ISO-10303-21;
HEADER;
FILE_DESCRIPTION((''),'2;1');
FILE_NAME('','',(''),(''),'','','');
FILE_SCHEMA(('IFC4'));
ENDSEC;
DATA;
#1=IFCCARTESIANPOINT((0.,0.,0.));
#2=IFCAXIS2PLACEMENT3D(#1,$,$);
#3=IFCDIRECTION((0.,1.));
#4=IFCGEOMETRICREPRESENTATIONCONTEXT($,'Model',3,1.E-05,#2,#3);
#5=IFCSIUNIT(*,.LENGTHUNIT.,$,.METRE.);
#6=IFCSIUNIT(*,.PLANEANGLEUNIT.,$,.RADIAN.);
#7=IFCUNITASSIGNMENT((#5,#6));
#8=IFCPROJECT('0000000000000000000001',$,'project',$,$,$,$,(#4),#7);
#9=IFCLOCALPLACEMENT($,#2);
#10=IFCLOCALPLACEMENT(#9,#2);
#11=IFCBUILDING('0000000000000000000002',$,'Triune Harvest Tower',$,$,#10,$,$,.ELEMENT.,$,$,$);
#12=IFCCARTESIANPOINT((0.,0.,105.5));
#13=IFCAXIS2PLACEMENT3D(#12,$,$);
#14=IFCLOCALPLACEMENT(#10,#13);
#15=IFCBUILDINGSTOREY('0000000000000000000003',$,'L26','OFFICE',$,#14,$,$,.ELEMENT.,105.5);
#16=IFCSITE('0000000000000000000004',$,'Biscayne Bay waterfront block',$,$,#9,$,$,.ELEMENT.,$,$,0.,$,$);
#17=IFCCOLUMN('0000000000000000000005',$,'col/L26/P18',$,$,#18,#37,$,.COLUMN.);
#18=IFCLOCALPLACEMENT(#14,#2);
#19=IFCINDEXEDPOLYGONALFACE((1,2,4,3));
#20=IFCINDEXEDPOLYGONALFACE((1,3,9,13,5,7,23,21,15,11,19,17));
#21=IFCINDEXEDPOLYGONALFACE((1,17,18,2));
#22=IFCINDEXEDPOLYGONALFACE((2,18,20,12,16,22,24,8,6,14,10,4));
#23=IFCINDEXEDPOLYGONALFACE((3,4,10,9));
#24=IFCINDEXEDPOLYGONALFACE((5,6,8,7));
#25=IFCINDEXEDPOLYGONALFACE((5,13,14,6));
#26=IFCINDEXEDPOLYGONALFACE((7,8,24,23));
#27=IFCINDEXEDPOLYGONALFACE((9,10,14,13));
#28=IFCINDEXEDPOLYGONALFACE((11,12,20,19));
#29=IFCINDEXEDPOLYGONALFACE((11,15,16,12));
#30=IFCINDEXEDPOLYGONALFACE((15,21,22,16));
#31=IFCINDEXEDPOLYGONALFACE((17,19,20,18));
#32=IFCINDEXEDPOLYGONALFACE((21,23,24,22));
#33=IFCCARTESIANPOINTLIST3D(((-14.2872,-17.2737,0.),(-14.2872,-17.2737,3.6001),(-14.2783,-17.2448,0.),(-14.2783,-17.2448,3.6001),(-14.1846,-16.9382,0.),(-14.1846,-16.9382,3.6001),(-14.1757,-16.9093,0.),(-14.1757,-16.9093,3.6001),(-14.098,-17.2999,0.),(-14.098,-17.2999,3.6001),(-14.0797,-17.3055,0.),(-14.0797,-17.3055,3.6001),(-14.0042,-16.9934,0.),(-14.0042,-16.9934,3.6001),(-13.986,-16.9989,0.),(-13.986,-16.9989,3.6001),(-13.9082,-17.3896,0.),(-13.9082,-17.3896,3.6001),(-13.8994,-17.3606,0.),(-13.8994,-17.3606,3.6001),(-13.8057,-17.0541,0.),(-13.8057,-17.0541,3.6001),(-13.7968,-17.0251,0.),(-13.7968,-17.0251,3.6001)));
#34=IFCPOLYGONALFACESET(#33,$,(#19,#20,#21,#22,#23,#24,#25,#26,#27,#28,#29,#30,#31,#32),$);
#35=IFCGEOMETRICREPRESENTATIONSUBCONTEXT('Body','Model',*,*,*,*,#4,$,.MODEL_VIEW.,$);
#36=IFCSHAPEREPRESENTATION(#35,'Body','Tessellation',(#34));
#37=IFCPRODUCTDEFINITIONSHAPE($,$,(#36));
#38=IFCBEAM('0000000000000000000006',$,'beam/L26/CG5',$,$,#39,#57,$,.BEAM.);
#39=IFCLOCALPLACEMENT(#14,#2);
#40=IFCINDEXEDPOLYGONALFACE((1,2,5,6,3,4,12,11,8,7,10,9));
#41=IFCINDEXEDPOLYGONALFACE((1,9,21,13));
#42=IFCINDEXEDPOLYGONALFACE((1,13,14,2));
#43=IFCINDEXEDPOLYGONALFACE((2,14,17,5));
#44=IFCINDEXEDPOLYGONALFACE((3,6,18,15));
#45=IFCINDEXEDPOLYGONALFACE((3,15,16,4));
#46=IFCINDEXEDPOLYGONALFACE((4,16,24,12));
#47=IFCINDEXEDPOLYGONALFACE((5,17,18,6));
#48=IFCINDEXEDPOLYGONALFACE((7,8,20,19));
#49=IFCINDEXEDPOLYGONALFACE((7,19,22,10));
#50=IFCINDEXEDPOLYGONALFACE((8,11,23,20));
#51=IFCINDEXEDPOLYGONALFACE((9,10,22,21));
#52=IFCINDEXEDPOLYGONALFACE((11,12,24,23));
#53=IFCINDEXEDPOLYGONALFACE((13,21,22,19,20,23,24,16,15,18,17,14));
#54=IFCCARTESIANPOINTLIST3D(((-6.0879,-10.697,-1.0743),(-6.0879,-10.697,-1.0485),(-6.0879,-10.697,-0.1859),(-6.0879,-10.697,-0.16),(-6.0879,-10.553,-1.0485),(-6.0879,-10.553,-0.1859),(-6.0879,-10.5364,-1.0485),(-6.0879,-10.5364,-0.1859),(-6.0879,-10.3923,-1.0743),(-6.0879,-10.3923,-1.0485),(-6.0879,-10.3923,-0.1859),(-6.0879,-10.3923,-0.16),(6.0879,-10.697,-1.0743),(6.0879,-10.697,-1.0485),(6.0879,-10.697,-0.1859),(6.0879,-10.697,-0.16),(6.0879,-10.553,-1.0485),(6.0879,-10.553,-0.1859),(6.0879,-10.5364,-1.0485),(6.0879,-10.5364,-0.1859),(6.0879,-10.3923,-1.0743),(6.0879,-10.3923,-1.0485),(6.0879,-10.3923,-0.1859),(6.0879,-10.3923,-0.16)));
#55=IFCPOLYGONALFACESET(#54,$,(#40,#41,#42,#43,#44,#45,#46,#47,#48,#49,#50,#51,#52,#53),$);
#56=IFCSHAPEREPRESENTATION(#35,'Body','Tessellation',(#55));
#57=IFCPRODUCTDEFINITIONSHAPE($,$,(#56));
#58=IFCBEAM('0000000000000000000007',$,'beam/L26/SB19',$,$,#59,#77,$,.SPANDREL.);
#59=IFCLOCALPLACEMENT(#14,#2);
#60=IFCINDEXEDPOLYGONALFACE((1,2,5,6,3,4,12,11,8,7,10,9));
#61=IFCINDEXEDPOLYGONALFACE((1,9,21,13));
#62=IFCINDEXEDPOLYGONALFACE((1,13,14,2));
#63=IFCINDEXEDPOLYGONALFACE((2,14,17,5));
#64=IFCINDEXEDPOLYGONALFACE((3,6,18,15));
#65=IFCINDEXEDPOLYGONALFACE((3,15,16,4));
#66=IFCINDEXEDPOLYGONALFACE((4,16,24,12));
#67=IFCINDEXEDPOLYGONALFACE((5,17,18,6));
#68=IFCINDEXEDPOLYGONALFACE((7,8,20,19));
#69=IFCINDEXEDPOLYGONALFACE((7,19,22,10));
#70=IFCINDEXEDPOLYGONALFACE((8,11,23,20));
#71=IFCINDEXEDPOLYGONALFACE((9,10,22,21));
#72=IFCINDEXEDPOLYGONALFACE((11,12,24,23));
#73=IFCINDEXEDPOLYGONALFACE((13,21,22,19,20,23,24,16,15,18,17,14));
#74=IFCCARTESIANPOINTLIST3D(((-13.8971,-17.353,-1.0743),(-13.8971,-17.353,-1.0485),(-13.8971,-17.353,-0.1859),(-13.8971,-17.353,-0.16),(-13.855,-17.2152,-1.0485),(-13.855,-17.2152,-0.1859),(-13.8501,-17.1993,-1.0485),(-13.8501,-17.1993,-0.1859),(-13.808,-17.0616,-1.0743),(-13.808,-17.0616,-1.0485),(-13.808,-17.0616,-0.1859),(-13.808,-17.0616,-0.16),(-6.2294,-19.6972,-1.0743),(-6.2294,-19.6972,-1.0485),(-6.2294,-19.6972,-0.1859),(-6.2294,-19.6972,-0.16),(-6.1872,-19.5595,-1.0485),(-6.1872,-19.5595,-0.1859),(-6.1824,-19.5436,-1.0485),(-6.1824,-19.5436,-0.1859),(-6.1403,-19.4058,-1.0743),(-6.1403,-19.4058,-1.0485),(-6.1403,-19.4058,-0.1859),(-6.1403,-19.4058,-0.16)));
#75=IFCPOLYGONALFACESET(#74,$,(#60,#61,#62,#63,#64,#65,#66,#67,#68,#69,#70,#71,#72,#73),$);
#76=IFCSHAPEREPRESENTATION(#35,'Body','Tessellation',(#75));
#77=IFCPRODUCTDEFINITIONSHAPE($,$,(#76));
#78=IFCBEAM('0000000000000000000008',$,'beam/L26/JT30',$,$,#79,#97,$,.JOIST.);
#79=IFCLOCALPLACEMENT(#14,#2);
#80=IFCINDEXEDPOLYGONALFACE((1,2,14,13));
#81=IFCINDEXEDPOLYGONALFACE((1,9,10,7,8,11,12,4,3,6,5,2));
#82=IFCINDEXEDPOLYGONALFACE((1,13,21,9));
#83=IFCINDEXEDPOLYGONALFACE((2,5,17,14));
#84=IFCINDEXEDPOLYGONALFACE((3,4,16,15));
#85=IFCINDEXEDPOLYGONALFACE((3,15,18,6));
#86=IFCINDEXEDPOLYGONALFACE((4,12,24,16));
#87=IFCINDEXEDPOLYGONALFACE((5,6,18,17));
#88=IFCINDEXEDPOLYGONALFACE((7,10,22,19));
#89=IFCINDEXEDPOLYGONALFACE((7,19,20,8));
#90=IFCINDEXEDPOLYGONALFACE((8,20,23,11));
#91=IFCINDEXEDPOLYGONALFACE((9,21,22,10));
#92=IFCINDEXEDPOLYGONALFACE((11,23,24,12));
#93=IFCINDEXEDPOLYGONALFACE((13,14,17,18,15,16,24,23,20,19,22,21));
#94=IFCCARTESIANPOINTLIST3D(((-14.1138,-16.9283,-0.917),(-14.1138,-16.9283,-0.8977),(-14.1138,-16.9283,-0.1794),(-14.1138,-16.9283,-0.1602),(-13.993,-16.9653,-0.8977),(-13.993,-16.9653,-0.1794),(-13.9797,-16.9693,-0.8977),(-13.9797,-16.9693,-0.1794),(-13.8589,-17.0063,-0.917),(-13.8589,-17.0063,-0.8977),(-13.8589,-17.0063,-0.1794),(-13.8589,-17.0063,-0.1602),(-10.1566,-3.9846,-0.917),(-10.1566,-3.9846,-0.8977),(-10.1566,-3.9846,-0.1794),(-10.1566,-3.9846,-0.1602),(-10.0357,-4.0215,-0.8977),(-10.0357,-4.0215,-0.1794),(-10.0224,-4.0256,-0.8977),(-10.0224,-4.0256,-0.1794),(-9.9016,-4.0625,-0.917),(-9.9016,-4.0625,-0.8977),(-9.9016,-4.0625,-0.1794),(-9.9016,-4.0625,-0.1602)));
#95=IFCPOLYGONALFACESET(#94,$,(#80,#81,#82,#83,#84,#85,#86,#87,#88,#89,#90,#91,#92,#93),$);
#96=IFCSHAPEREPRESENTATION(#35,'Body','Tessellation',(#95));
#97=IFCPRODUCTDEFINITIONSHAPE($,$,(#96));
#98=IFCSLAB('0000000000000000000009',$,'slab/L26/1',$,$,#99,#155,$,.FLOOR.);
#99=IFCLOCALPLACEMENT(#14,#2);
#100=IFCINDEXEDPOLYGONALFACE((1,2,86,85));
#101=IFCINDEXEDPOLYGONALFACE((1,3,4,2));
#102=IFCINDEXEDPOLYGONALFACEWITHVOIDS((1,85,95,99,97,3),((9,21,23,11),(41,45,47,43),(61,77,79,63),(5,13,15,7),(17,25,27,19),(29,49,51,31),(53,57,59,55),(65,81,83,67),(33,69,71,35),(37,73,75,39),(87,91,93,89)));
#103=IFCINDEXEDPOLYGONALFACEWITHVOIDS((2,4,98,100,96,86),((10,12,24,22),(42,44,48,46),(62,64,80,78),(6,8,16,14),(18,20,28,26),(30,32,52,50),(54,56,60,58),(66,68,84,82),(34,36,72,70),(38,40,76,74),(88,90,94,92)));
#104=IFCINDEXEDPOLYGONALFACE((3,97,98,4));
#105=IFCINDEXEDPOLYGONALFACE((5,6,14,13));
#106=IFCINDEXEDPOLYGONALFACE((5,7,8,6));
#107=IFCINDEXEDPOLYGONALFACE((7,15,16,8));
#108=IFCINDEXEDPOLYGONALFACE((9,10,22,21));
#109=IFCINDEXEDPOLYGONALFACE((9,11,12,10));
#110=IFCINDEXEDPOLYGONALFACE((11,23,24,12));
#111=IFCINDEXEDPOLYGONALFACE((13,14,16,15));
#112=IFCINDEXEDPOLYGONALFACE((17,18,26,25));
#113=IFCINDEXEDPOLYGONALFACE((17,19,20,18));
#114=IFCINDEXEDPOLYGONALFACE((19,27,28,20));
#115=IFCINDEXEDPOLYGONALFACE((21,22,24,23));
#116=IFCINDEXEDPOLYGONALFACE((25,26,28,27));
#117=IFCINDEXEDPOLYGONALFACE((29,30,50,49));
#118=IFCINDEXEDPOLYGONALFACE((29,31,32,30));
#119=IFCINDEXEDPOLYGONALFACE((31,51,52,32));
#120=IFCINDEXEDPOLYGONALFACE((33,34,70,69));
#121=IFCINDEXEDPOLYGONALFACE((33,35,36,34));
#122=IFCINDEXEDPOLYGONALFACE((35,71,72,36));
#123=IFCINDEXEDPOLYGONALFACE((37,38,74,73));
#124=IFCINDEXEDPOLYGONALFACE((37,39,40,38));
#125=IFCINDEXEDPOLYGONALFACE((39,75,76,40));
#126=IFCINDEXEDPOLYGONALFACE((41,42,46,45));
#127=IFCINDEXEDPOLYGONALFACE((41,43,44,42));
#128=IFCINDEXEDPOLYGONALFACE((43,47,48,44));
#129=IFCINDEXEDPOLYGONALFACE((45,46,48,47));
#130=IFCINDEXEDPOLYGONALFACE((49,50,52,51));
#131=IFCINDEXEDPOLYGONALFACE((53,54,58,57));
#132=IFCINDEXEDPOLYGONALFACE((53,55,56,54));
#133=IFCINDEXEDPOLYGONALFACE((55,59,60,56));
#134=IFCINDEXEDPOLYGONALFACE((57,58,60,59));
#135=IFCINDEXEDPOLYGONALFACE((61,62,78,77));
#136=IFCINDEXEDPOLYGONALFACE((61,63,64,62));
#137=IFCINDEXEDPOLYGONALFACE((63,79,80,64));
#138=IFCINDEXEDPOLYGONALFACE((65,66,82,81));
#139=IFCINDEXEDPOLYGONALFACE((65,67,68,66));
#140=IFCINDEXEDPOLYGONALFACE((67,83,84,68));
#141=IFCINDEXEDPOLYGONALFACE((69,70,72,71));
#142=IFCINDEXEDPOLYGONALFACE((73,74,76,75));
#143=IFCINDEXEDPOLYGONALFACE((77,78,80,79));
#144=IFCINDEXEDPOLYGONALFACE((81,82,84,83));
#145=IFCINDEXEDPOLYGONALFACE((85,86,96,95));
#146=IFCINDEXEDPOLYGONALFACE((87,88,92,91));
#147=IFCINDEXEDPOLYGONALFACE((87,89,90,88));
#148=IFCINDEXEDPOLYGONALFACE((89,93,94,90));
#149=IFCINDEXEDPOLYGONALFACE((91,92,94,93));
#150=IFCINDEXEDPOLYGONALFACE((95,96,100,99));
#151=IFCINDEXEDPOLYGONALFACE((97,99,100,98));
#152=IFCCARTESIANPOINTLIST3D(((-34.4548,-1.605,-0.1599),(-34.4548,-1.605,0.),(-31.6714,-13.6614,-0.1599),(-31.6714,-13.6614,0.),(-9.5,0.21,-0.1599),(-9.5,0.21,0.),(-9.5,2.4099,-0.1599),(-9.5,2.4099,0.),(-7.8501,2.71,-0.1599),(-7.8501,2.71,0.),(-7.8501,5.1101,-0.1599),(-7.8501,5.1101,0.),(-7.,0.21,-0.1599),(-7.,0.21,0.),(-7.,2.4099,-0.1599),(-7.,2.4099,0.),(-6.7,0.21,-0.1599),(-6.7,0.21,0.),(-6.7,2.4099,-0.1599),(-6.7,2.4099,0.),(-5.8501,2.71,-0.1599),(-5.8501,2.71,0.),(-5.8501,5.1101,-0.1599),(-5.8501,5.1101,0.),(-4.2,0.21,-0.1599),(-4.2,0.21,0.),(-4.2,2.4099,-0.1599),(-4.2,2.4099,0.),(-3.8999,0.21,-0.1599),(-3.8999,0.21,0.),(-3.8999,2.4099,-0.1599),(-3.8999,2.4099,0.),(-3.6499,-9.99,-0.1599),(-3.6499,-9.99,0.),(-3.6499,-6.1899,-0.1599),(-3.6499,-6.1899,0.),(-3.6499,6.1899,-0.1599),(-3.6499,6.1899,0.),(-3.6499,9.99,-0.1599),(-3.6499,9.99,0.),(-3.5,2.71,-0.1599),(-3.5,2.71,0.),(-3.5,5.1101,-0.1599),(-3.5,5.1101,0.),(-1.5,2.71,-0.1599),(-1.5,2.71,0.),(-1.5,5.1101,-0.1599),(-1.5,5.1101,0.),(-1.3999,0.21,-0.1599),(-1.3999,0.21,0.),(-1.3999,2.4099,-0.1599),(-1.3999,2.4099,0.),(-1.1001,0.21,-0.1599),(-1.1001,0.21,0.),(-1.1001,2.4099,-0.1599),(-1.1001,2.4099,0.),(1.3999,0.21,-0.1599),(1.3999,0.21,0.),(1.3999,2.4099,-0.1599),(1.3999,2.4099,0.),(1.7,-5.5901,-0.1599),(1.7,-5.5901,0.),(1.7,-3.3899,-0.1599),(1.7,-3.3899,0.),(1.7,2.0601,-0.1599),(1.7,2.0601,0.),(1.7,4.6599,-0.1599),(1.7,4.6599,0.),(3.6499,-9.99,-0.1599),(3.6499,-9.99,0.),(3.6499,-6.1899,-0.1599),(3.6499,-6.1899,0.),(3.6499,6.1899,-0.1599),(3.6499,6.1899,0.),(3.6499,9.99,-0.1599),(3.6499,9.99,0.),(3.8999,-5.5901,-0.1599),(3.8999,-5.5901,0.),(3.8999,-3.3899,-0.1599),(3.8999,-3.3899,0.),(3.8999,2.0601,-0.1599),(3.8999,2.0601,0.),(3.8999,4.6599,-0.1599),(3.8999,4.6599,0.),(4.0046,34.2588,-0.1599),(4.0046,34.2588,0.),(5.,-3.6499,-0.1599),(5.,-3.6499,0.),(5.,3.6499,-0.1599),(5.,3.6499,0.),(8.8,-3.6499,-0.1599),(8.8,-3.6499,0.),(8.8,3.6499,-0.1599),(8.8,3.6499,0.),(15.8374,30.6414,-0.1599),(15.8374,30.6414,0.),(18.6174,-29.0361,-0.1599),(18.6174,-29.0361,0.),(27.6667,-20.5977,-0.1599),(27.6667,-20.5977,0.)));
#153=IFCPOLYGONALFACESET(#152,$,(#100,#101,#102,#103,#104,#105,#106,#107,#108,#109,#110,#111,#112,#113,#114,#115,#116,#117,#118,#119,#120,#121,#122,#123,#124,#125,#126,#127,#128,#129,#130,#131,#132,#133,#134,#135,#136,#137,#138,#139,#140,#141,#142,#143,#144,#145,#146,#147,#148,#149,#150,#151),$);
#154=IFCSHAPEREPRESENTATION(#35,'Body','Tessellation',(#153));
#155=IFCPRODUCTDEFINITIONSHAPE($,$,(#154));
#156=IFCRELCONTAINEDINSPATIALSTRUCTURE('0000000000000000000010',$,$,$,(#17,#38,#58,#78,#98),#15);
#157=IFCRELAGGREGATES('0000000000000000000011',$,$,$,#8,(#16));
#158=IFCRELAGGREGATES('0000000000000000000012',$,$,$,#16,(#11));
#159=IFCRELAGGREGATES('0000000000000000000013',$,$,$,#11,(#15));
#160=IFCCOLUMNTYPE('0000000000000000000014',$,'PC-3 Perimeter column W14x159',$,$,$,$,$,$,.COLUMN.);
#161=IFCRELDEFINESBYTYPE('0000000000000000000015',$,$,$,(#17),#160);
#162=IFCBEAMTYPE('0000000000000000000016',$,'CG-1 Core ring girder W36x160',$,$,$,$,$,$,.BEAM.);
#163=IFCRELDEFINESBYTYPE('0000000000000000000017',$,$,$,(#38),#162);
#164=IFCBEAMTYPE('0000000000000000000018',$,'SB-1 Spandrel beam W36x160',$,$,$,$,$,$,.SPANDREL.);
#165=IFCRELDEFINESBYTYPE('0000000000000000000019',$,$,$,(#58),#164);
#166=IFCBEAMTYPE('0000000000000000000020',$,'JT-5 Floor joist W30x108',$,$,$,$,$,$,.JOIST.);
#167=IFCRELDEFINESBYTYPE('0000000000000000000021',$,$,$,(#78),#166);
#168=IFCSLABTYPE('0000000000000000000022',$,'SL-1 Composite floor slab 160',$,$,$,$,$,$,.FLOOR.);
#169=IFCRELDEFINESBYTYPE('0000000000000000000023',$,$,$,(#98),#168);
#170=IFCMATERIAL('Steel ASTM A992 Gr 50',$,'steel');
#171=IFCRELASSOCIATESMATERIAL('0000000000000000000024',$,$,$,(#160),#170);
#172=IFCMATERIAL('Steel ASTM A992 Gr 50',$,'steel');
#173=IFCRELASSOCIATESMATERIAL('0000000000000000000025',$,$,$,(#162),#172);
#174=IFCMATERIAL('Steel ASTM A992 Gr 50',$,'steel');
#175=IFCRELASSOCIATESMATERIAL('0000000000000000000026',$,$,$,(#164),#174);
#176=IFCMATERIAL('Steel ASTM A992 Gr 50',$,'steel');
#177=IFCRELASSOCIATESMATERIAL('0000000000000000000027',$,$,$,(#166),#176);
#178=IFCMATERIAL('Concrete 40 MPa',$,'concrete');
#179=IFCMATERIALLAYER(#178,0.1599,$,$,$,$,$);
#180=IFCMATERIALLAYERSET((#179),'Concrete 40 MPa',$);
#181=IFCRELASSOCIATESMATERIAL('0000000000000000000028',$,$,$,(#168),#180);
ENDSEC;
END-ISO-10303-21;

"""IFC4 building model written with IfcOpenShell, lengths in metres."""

from ifc_helpers import new_model, si_unit, direction, frame, origin, origin_2d, place, context, subcontext, project, spatial, polyline, i_section, outline, extrude, source, transform, mapped, material, layer, layer_set, material_profile, profile_set, type_object, element, save


model = new_model("IFC4")

# Units and contexts
model_context = context("Model", 3, precision=1e-05, world=origin(), true_north=direction((0.0, 1.0)))
body_context = subcontext(model_context, "Body", "Model", "MODEL_VIEW")
ifc_project = project(units=[si_unit("LENGTHUNIT", "METRE"), si_unit("PLANEANGLEUNIT", "RADIAN")], contexts=[model_context])

# Site, building, storey
site_placement = place(None, origin())
site = spatial("IfcSite", under=ifc_project, at=site_placement, Name="Biscayne Bay waterfront block", CompositionType="ELEMENT", RefElevation=0.0)
building_placement = place(site_placement, origin())
building = spatial("IfcBuilding", under=site, at=building_placement, Name="Triune Harvest Tower", CompositionType="ELEMENT")
storey_placement = place(building_placement, frame((0.0, 0.0, 105.5)))
storey = spatial("IfcBuildingStorey", under=building, at=storey_placement, Name="L26", Description="OFFICE", CompositionType="ELEMENT", Elevation=105.5)

# Column
ifc_material_1 = material(Name="Steel ASTM A992 Gr 50", Category="steel")
ifc_material_profile_1 = material_profile(ifc_material_1, i_section(OverallWidth=0.3962, OverallDepth=0.3811, WebThickness=0.019, FlangeThickness=0.0303, at=origin_2d()), Name="W14x159")
ifc_profile_set_1 = profile_set([ifc_material_profile_1], Name="Steel ASTM A992 Gr 50")
column_type = type_object("IfcColumnType", Name="PC-3 Perimeter column W14x159", PredefinedType="COLUMN", material=ifc_profile_set_1)
shared_shape_1 = source(origin(), body_context, "Body", "SweptSolid", [
    extrude(i_section(OverallWidth=0.3962, OverallDepth=0.3811, WebThickness=0.019, FlangeThickness=0.0303, at=origin_2d()), origin(), (0.0, 0.0, 1.0), 3.6001),
])
column_placement = place(storey_placement, frame((-14.042, -17.1494, 0.0), z_axis=(0.0, 0.0, 1.0), x_axis=(0.956305, -0.292372, 0.0)))
element("IfcColumn", 1, at=column_placement, inside=storey, type_object=column_type, Name="col/L26/P18", PredefinedType="COLUMN", context=body_context, shape_type="MappedRepresentation", body=[
    mapped(shared_shape_1, transform((0.0, 0.0, 0.0), scale=1.0)),
])

# Beams
ifc_material_2 = material(Name="Steel ASTM A992 Gr 50", Category="steel")
ifc_material_profile_2 = material_profile(ifc_material_2, i_section(OverallWidth=0.3047, OverallDepth=0.9143, WebThickness=0.0166, FlangeThickness=0.0259, at=origin_2d()), Name="W36x160")
ifc_profile_set_2 = profile_set([ifc_material_profile_2], Name="Steel ASTM A992 Gr 50")
beam_type_1 = type_object("IfcBeamType", Name="CG-1 Core ring girder W36x160", PredefinedType="BEAM", material=ifc_profile_set_2)
shared_shape_2 = source(origin(), body_context, "Body", "SweptSolid", [
    extrude(i_section(OverallWidth=0.3047, OverallDepth=0.9143, WebThickness=0.0166, FlangeThickness=0.0259, at=origin_2d()), origin(), (0.0, 0.0, 1.0), 12.1758),
])
beam_1_placement = place(storey_placement, frame((-6.0879, -10.5447, -0.6172), z_axis=(1.0, 0.0, 0.0), x_axis=(0.0, 1.0, 0.0)))
element("IfcBeam", 2, at=beam_1_placement, inside=storey, type_object=beam_type_1, Name="beam/L26/CG5", PredefinedType="BEAM", context=body_context, shape_type="MappedRepresentation", body=[
    mapped(shared_shape_2, transform((0.0, 0.0, 0.0), scale=1.0)),
])
ifc_material_3 = material(Name="Steel ASTM A992 Gr 50", Category="steel")
ifc_material_profile_3 = material_profile(ifc_material_3, i_section(OverallWidth=0.3047, OverallDepth=0.9143, WebThickness=0.0166, FlangeThickness=0.0259, at=origin_2d()), Name="W36x160")
ifc_profile_set_3 = profile_set([ifc_material_profile_3], Name="Steel ASTM A992 Gr 50")
beam_type_2 = type_object("IfcBeamType", Name="SB-1 Spandrel beam W36x160", PredefinedType="SPANDREL", material=ifc_profile_set_3)
shared_shape_3 = source(origin(), body_context, "Body", "SweptSolid", [
    extrude(i_section(OverallWidth=0.3047, OverallDepth=0.9143, WebThickness=0.0166, FlangeThickness=0.0259, at=origin_2d()), origin(), (0.0, 0.0, 1.0), 8.0181),
])
beam_2_placement = place(storey_placement, frame((-13.8525, -17.2073, -0.6172), z_axis=(0.956305, -0.292369, 0.0), x_axis=(0.292369, 0.956305, 0.0)))
element("IfcBeam", 3, at=beam_2_placement, inside=storey, type_object=beam_type_2, Name="beam/L26/SB19", PredefinedType="SPANDREL", context=body_context, shape_type="MappedRepresentation", body=[
    mapped(shared_shape_3, transform((0.0, 0.0, 0.0), scale=1.0)),
])
ifc_material_4 = material(Name="Steel ASTM A992 Gr 50", Category="steel")
ifc_material_profile_4 = material_profile(ifc_material_4, i_section(OverallWidth=0.2666, OverallDepth=0.7568, WebThickness=0.0139, FlangeThickness=0.0193, at=origin_2d()), Name="W30x108")
ifc_profile_set_4 = profile_set([ifc_material_profile_4], Name="Steel ASTM A992 Gr 50")
beam_type_3 = type_object("IfcBeamType", Name="JT-5 Floor joist W30x108", PredefinedType="JOIST", material=ifc_profile_set_4)
shared_shape_4 = source(origin(), body_context, "Body", "SweptSolid", [
    extrude(i_section(OverallWidth=0.2666, OverallDepth=0.7568, WebThickness=0.0139, FlangeThickness=0.0193, at=origin_2d()), origin(), (0.0, 0.0, 1.0), 13.5352),
])
beam_3_placement = place(storey_placement, frame((-13.9863, -16.9673, -0.5386), z_axis=(0.292368, 0.956306, 0.0), x_axis=(-0.956306, 0.292368, 0.0)))
element("IfcBeam", 4, at=beam_3_placement, inside=storey, type_object=beam_type_3, Name="beam/L26/JT30", PredefinedType="JOIST", context=body_context, shape_type="MappedRepresentation", body=[
    mapped(shared_shape_4, transform((0.0, 0.0, 0.0), scale=1.0)),
])

# Slab
ifc_material_5 = material(Name="Concrete 40 MPa", Category="concrete")
ifc_layer_1 = layer(ifc_material_5, 0.1599)
ifc_layer_set_1 = layer_set([ifc_layer_1], Name="Concrete 40 MPa")
slab_type = type_object("IfcSlabType", Name="SL-1 Composite floor slab 160", PredefinedType="FLOOR", material=ifc_layer_set_1)
shared_shape_5 = source(origin(), body_context, "Body", "SweptSolid", [
    extrude(outline(polyline([(27.6667, -20.5977), (15.8374, 30.6414), (4.0046, 34.2588), (-34.4548, -1.605), (-31.6714, -13.6614), (18.6174, -29.0361), (27.6667, -20.5977)]), holes=[polyline([(-7.0, 0.21), (-7.0, 2.4099), (-9.5, 2.4099), (-9.5, 0.21), (-7.0, 0.21)]), polyline([(-4.2, 0.21), (-4.2, 2.4099), (-6.7, 2.4099), (-6.7, 0.21), (-4.2, 0.21)]), polyline([(-1.3999, 0.21), (-1.3999, 2.4099), (-3.8999, 2.4099), (-3.8999, 0.21), (-1.3999, 0.21)]), polyline([(1.3999, 0.21), (1.3999, 2.4099), (-1.1001, 2.4099), (-1.1001, 0.21), (1.3999, 0.21)]), polyline([(3.8999, 2.0601), (3.8999, 4.6599), (1.7, 4.6599), (1.7, 2.0601), (3.8999, 2.0601)]), polyline([(3.8999, -5.5901), (3.8999, -3.3899), (1.7, -3.3899), (1.7, -5.5901), (3.8999, -5.5901)]), polyline([(-5.8501, 2.71), (-5.8501, 5.1101), (-7.8501, 5.1101), (-7.8501, 2.71), (-5.8501, 2.71)]), polyline([(-1.5, 2.71), (-1.5, 5.1101), (-3.5, 5.1101), (-3.5, 2.71), (-1.5, 2.71)]), polyline([(3.6499, 6.1899), (3.6499, 9.99), (-3.6499, 9.99), (-3.6499, 6.1899), (3.6499, 6.1899)]), polyline([(3.6499, -9.99), (3.6499, -6.1899), (-3.6499, -6.1899), (-3.6499, -9.99), (3.6499, -9.99)]), polyline([(8.8, -3.6499), (8.8, 3.6499), (5.0, 3.6499), (5.0, -3.6499), (8.8, -3.6499)])]), origin(), (0.0, 0.0, 1.0), 0.1599),
])
slab_placement = place(storey_placement, frame((0.0, 0.0, -0.1599)))
element("IfcSlab", 5, at=slab_placement, inside=storey, type_object=slab_type, Name="slab/L26/1", PredefinedType="FLOOR", context=body_context, shape_type="MappedRepresentation", body=[
    mapped(shared_shape_5, transform((0.0, 0.0, 0.0), scale=1.0)),
])

save(model, "model.ifc")
